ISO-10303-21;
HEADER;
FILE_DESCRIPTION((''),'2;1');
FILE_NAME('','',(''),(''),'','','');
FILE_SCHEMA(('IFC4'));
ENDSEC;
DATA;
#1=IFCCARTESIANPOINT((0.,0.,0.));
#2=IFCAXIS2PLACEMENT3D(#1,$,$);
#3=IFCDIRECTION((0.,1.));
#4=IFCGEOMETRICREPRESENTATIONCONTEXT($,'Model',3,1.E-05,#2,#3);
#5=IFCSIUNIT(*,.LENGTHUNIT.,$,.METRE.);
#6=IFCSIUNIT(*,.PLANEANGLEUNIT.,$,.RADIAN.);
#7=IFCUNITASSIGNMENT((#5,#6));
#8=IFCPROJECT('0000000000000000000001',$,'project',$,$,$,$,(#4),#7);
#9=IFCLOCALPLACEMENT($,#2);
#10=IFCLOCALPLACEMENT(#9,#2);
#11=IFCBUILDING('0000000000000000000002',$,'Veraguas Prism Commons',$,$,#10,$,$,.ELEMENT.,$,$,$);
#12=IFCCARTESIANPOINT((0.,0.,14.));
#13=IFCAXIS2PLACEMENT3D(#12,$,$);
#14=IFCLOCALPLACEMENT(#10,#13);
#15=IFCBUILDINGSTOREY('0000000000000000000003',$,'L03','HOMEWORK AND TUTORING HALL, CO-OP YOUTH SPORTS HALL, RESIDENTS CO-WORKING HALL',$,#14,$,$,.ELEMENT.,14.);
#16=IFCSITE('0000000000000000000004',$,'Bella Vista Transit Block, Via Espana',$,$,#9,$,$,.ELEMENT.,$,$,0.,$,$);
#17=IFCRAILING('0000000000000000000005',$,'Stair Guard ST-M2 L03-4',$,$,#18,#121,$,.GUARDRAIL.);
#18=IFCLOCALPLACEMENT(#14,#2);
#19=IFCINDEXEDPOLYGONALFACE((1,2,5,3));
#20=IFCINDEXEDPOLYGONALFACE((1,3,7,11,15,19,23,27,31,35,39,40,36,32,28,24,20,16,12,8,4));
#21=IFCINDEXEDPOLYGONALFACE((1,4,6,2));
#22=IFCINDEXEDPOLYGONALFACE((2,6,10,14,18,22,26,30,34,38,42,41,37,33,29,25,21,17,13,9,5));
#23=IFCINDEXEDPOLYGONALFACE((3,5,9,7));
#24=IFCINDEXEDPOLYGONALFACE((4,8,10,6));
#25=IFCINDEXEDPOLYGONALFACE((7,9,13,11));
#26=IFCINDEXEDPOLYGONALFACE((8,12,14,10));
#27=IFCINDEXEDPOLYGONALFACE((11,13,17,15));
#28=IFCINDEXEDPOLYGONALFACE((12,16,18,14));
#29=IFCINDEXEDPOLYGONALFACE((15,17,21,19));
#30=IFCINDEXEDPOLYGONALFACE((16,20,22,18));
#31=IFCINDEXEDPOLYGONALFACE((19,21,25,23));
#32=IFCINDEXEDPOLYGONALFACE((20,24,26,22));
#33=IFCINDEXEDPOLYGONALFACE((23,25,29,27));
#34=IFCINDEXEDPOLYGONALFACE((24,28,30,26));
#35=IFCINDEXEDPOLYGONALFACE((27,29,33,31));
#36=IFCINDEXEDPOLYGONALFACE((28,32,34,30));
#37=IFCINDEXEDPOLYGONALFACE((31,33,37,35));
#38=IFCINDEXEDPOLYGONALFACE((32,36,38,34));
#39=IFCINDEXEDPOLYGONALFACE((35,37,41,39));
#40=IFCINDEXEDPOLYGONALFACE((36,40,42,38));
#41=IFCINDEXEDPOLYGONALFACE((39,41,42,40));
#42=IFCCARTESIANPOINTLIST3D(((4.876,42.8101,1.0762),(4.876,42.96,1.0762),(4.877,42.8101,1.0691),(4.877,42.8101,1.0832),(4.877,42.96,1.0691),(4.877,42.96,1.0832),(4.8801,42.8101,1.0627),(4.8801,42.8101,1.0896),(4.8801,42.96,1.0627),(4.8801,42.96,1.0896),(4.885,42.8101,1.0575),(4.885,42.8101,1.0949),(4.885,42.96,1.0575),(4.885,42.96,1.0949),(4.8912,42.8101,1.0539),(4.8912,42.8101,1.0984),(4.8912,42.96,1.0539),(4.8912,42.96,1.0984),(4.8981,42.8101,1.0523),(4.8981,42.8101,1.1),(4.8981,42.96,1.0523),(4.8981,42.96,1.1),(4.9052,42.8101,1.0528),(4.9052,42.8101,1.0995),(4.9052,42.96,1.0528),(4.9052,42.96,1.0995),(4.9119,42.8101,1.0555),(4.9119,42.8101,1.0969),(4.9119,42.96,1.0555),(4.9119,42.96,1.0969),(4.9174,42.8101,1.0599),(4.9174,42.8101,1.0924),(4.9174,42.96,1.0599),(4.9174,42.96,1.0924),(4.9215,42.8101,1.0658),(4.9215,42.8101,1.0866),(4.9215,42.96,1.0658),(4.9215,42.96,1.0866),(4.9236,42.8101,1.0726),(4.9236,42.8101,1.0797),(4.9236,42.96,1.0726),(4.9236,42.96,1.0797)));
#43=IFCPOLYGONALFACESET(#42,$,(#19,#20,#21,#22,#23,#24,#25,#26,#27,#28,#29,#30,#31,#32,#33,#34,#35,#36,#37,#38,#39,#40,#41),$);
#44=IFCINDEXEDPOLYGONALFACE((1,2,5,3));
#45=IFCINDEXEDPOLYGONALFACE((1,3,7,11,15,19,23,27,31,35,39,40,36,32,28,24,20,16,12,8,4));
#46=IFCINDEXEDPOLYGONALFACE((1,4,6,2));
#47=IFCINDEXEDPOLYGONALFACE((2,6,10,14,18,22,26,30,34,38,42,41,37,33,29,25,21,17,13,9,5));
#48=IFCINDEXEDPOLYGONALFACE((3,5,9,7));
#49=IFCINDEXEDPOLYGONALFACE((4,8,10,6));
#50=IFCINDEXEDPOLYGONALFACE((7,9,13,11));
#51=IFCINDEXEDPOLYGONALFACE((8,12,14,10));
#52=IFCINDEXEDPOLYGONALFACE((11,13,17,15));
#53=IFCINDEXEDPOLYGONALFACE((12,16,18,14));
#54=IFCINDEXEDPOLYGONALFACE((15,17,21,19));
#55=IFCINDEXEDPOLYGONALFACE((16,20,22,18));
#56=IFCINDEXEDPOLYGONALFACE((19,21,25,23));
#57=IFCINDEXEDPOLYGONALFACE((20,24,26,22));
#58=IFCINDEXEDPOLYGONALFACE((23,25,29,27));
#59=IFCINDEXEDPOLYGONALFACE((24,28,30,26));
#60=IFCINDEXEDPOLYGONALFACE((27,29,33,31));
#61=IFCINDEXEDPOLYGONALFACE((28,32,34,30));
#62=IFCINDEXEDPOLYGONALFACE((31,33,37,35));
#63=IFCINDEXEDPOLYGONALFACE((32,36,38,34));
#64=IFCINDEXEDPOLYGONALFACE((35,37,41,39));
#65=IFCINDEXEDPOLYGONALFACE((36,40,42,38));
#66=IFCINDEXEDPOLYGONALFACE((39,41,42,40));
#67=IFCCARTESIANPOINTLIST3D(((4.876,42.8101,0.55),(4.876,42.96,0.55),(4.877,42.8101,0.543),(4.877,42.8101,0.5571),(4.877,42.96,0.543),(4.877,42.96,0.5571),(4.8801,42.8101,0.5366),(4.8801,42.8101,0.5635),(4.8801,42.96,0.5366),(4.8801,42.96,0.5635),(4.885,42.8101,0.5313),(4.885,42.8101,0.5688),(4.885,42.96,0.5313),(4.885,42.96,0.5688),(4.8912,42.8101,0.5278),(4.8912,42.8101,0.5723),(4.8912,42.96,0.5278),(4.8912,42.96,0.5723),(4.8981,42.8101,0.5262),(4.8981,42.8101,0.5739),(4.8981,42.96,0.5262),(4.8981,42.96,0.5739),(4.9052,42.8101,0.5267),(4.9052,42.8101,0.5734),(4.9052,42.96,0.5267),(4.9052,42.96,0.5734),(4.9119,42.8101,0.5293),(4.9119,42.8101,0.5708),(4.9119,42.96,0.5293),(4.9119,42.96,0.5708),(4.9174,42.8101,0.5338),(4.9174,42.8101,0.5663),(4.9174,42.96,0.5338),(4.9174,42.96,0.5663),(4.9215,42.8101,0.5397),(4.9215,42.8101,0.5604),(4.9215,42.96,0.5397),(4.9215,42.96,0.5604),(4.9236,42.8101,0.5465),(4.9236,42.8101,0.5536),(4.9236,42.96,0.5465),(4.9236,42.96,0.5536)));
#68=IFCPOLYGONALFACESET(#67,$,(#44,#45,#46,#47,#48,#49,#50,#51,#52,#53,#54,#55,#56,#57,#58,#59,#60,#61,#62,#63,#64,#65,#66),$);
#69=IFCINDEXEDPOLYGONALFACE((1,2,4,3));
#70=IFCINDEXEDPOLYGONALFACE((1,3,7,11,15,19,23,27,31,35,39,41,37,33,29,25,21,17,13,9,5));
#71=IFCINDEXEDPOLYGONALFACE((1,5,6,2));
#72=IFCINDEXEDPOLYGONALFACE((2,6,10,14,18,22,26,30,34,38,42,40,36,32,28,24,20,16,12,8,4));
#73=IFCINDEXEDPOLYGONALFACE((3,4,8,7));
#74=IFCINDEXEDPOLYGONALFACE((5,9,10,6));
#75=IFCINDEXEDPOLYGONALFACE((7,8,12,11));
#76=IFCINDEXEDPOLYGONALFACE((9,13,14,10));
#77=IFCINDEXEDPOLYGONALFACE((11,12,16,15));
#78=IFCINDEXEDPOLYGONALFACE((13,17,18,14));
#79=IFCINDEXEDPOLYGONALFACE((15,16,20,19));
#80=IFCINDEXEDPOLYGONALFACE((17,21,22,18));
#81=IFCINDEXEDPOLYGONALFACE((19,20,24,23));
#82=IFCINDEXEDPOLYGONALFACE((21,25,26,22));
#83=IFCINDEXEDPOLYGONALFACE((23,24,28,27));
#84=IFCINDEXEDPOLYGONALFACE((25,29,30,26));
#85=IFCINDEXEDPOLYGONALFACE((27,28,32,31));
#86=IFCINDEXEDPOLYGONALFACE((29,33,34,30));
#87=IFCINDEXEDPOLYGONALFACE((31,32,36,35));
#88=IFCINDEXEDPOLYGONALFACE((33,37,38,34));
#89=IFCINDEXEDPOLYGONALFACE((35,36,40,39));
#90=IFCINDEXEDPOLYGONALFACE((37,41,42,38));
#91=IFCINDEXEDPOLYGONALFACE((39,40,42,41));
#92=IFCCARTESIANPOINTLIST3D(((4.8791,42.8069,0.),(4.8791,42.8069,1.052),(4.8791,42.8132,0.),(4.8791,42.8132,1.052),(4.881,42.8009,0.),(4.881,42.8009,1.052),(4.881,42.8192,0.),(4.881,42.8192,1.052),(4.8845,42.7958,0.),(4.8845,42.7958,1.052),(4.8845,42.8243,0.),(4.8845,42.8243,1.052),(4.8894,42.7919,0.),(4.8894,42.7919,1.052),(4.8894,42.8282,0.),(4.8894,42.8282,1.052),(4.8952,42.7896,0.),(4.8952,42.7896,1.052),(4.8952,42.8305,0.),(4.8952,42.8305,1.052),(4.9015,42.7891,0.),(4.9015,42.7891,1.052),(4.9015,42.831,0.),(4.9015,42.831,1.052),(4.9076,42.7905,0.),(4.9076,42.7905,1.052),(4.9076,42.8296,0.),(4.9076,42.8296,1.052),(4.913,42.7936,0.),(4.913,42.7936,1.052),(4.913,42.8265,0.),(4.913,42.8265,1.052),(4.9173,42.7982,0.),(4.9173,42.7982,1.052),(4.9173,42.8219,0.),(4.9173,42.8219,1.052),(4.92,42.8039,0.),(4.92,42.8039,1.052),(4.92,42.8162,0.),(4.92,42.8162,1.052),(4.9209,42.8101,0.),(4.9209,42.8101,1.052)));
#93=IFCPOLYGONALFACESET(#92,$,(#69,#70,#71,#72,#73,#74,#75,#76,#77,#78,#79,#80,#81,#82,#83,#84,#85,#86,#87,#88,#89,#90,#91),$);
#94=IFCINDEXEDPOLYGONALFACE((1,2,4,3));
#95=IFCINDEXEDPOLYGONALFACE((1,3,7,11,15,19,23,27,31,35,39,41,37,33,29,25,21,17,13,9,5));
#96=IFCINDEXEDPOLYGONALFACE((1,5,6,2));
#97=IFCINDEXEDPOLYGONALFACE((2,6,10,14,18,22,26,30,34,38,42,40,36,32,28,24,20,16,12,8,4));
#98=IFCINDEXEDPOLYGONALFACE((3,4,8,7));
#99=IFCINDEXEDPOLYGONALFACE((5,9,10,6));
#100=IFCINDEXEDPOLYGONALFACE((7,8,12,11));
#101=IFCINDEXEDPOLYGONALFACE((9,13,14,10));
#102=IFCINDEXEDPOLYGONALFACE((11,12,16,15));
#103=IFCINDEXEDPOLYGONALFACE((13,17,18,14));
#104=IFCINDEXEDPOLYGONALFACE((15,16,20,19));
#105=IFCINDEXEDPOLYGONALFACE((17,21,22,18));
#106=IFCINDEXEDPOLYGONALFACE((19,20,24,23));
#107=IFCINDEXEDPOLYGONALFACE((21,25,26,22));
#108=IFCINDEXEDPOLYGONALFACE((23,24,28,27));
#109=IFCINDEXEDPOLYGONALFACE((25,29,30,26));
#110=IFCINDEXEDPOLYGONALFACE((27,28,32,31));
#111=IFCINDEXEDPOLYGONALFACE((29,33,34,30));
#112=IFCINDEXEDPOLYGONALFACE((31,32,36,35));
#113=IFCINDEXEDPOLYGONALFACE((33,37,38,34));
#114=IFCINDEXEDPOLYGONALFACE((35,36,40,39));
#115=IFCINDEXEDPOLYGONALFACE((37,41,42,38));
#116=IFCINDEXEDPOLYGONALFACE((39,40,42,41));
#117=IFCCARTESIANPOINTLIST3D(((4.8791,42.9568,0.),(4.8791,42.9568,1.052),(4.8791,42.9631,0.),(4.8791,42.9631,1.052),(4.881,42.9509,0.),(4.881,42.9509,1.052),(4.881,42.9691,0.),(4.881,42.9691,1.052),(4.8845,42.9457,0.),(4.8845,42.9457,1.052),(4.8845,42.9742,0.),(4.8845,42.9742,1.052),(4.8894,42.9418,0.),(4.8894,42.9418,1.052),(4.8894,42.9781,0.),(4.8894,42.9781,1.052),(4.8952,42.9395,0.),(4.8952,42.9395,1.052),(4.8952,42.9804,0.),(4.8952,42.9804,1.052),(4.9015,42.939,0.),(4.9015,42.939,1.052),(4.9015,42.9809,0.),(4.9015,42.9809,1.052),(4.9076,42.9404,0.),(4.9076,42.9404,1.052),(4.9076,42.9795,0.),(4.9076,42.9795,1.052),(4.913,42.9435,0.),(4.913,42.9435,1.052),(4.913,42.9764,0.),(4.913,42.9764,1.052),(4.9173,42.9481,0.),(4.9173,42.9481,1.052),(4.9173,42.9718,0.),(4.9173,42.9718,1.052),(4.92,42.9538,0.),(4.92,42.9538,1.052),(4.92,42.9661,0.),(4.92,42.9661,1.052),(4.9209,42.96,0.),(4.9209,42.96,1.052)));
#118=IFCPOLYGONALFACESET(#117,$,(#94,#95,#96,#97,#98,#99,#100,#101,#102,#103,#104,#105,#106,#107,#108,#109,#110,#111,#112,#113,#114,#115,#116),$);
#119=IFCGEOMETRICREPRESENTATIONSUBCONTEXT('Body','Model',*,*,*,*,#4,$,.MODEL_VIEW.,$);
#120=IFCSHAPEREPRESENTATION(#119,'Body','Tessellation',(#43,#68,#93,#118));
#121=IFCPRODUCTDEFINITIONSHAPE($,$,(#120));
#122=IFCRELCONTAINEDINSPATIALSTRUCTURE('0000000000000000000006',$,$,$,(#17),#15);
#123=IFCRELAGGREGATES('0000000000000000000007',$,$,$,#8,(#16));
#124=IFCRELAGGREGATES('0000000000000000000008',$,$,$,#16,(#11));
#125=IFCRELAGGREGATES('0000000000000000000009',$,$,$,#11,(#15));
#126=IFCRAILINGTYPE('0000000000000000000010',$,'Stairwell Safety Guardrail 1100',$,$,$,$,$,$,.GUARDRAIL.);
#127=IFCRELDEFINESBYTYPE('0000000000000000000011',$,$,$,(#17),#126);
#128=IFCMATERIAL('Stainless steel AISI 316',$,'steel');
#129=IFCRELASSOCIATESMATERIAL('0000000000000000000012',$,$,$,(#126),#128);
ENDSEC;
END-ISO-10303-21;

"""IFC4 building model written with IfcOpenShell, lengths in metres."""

from ifc_helpers import new_model, si_unit, direction, frame, origin, origin_2d, place, context, subcontext, project, spatial, circle, extrude, material, type_object, element, save


model = new_model("IFC4")

# Units and contexts
model_context = context("Model", 3, precision=1e-05, world=origin(), true_north=direction((0.0, 1.0)))
body_context = subcontext(model_context, "Body", "Model", "MODEL_VIEW")
ifc_project = project(units=[si_unit("LENGTHUNIT", "METRE"), si_unit("PLANEANGLEUNIT", "RADIAN")], contexts=[model_context])

# Site, building, storey
site_placement = place(None, origin())
site = spatial("IfcSite", under=ifc_project, at=site_placement, Name="Bella Vista Transit Block, Via Espana", CompositionType="ELEMENT", RefElevation=0.0)
building_placement = place(site_placement, origin())
building = spatial("IfcBuilding", under=site, at=building_placement, Name="Veraguas Prism Commons", CompositionType="ELEMENT")
storey_placement = place(building_placement, frame((0.0, 0.0, 14.0)))
storey = spatial("IfcBuildingStorey", under=building, at=storey_placement, Name="L03", Description="HOMEWORK AND TUTORING HALL, CO-OP YOUTH SPORTS HALL, RESIDENTS CO-WORKING HALL", CompositionType="ELEMENT", Elevation=14.0)

# Railing
ifc_material_1 = material(Name="Stainless steel AISI 316", Category="steel")
railing_type_1 = type_object("IfcRailingType", Name="Stairwell Safety Guardrail 1100", PredefinedType="GUARDRAIL", material=ifc_material_1)
railing_1_placement = place(storey_placement, frame((4.8999, 42.8101, 0.0)))
element("IfcRailing", 1, at=railing_1_placement, inside=storey, type_object=railing_type_1, Name="Stair Guard ST-M2 L03-4", PredefinedType="GUARDRAIL", context=body_context, shape_type="SweptSolid", body=[
    extrude(circle(Radius=0.0239, at=origin_2d()), frame((0.0, 0.0, 1.0762), z_axis=(0.0, 1.0, 0.0), x_axis=(-1.0, 0.0, 0.0)), (0.0, 0.0, 1.0), 0.1499),
    extrude(circle(Radius=0.0239, at=origin_2d()), frame((0.0, 0.0, 0.55), z_axis=(0.0, 1.0, 0.0), x_axis=(-1.0, 0.0, 0.0)), (0.0, 0.0, 1.0), 0.1499),
    extrude(circle(Radius=0.021, at=origin_2d()), origin(), (0.0, 0.0, 1.0), 1.052),
    extrude(circle(Radius=0.021, at=origin_2d()), frame((0.0, 0.1499, 0.0)), (0.0, 0.0, 1.0), 1.052),
])

save(model, "model.ifc")
